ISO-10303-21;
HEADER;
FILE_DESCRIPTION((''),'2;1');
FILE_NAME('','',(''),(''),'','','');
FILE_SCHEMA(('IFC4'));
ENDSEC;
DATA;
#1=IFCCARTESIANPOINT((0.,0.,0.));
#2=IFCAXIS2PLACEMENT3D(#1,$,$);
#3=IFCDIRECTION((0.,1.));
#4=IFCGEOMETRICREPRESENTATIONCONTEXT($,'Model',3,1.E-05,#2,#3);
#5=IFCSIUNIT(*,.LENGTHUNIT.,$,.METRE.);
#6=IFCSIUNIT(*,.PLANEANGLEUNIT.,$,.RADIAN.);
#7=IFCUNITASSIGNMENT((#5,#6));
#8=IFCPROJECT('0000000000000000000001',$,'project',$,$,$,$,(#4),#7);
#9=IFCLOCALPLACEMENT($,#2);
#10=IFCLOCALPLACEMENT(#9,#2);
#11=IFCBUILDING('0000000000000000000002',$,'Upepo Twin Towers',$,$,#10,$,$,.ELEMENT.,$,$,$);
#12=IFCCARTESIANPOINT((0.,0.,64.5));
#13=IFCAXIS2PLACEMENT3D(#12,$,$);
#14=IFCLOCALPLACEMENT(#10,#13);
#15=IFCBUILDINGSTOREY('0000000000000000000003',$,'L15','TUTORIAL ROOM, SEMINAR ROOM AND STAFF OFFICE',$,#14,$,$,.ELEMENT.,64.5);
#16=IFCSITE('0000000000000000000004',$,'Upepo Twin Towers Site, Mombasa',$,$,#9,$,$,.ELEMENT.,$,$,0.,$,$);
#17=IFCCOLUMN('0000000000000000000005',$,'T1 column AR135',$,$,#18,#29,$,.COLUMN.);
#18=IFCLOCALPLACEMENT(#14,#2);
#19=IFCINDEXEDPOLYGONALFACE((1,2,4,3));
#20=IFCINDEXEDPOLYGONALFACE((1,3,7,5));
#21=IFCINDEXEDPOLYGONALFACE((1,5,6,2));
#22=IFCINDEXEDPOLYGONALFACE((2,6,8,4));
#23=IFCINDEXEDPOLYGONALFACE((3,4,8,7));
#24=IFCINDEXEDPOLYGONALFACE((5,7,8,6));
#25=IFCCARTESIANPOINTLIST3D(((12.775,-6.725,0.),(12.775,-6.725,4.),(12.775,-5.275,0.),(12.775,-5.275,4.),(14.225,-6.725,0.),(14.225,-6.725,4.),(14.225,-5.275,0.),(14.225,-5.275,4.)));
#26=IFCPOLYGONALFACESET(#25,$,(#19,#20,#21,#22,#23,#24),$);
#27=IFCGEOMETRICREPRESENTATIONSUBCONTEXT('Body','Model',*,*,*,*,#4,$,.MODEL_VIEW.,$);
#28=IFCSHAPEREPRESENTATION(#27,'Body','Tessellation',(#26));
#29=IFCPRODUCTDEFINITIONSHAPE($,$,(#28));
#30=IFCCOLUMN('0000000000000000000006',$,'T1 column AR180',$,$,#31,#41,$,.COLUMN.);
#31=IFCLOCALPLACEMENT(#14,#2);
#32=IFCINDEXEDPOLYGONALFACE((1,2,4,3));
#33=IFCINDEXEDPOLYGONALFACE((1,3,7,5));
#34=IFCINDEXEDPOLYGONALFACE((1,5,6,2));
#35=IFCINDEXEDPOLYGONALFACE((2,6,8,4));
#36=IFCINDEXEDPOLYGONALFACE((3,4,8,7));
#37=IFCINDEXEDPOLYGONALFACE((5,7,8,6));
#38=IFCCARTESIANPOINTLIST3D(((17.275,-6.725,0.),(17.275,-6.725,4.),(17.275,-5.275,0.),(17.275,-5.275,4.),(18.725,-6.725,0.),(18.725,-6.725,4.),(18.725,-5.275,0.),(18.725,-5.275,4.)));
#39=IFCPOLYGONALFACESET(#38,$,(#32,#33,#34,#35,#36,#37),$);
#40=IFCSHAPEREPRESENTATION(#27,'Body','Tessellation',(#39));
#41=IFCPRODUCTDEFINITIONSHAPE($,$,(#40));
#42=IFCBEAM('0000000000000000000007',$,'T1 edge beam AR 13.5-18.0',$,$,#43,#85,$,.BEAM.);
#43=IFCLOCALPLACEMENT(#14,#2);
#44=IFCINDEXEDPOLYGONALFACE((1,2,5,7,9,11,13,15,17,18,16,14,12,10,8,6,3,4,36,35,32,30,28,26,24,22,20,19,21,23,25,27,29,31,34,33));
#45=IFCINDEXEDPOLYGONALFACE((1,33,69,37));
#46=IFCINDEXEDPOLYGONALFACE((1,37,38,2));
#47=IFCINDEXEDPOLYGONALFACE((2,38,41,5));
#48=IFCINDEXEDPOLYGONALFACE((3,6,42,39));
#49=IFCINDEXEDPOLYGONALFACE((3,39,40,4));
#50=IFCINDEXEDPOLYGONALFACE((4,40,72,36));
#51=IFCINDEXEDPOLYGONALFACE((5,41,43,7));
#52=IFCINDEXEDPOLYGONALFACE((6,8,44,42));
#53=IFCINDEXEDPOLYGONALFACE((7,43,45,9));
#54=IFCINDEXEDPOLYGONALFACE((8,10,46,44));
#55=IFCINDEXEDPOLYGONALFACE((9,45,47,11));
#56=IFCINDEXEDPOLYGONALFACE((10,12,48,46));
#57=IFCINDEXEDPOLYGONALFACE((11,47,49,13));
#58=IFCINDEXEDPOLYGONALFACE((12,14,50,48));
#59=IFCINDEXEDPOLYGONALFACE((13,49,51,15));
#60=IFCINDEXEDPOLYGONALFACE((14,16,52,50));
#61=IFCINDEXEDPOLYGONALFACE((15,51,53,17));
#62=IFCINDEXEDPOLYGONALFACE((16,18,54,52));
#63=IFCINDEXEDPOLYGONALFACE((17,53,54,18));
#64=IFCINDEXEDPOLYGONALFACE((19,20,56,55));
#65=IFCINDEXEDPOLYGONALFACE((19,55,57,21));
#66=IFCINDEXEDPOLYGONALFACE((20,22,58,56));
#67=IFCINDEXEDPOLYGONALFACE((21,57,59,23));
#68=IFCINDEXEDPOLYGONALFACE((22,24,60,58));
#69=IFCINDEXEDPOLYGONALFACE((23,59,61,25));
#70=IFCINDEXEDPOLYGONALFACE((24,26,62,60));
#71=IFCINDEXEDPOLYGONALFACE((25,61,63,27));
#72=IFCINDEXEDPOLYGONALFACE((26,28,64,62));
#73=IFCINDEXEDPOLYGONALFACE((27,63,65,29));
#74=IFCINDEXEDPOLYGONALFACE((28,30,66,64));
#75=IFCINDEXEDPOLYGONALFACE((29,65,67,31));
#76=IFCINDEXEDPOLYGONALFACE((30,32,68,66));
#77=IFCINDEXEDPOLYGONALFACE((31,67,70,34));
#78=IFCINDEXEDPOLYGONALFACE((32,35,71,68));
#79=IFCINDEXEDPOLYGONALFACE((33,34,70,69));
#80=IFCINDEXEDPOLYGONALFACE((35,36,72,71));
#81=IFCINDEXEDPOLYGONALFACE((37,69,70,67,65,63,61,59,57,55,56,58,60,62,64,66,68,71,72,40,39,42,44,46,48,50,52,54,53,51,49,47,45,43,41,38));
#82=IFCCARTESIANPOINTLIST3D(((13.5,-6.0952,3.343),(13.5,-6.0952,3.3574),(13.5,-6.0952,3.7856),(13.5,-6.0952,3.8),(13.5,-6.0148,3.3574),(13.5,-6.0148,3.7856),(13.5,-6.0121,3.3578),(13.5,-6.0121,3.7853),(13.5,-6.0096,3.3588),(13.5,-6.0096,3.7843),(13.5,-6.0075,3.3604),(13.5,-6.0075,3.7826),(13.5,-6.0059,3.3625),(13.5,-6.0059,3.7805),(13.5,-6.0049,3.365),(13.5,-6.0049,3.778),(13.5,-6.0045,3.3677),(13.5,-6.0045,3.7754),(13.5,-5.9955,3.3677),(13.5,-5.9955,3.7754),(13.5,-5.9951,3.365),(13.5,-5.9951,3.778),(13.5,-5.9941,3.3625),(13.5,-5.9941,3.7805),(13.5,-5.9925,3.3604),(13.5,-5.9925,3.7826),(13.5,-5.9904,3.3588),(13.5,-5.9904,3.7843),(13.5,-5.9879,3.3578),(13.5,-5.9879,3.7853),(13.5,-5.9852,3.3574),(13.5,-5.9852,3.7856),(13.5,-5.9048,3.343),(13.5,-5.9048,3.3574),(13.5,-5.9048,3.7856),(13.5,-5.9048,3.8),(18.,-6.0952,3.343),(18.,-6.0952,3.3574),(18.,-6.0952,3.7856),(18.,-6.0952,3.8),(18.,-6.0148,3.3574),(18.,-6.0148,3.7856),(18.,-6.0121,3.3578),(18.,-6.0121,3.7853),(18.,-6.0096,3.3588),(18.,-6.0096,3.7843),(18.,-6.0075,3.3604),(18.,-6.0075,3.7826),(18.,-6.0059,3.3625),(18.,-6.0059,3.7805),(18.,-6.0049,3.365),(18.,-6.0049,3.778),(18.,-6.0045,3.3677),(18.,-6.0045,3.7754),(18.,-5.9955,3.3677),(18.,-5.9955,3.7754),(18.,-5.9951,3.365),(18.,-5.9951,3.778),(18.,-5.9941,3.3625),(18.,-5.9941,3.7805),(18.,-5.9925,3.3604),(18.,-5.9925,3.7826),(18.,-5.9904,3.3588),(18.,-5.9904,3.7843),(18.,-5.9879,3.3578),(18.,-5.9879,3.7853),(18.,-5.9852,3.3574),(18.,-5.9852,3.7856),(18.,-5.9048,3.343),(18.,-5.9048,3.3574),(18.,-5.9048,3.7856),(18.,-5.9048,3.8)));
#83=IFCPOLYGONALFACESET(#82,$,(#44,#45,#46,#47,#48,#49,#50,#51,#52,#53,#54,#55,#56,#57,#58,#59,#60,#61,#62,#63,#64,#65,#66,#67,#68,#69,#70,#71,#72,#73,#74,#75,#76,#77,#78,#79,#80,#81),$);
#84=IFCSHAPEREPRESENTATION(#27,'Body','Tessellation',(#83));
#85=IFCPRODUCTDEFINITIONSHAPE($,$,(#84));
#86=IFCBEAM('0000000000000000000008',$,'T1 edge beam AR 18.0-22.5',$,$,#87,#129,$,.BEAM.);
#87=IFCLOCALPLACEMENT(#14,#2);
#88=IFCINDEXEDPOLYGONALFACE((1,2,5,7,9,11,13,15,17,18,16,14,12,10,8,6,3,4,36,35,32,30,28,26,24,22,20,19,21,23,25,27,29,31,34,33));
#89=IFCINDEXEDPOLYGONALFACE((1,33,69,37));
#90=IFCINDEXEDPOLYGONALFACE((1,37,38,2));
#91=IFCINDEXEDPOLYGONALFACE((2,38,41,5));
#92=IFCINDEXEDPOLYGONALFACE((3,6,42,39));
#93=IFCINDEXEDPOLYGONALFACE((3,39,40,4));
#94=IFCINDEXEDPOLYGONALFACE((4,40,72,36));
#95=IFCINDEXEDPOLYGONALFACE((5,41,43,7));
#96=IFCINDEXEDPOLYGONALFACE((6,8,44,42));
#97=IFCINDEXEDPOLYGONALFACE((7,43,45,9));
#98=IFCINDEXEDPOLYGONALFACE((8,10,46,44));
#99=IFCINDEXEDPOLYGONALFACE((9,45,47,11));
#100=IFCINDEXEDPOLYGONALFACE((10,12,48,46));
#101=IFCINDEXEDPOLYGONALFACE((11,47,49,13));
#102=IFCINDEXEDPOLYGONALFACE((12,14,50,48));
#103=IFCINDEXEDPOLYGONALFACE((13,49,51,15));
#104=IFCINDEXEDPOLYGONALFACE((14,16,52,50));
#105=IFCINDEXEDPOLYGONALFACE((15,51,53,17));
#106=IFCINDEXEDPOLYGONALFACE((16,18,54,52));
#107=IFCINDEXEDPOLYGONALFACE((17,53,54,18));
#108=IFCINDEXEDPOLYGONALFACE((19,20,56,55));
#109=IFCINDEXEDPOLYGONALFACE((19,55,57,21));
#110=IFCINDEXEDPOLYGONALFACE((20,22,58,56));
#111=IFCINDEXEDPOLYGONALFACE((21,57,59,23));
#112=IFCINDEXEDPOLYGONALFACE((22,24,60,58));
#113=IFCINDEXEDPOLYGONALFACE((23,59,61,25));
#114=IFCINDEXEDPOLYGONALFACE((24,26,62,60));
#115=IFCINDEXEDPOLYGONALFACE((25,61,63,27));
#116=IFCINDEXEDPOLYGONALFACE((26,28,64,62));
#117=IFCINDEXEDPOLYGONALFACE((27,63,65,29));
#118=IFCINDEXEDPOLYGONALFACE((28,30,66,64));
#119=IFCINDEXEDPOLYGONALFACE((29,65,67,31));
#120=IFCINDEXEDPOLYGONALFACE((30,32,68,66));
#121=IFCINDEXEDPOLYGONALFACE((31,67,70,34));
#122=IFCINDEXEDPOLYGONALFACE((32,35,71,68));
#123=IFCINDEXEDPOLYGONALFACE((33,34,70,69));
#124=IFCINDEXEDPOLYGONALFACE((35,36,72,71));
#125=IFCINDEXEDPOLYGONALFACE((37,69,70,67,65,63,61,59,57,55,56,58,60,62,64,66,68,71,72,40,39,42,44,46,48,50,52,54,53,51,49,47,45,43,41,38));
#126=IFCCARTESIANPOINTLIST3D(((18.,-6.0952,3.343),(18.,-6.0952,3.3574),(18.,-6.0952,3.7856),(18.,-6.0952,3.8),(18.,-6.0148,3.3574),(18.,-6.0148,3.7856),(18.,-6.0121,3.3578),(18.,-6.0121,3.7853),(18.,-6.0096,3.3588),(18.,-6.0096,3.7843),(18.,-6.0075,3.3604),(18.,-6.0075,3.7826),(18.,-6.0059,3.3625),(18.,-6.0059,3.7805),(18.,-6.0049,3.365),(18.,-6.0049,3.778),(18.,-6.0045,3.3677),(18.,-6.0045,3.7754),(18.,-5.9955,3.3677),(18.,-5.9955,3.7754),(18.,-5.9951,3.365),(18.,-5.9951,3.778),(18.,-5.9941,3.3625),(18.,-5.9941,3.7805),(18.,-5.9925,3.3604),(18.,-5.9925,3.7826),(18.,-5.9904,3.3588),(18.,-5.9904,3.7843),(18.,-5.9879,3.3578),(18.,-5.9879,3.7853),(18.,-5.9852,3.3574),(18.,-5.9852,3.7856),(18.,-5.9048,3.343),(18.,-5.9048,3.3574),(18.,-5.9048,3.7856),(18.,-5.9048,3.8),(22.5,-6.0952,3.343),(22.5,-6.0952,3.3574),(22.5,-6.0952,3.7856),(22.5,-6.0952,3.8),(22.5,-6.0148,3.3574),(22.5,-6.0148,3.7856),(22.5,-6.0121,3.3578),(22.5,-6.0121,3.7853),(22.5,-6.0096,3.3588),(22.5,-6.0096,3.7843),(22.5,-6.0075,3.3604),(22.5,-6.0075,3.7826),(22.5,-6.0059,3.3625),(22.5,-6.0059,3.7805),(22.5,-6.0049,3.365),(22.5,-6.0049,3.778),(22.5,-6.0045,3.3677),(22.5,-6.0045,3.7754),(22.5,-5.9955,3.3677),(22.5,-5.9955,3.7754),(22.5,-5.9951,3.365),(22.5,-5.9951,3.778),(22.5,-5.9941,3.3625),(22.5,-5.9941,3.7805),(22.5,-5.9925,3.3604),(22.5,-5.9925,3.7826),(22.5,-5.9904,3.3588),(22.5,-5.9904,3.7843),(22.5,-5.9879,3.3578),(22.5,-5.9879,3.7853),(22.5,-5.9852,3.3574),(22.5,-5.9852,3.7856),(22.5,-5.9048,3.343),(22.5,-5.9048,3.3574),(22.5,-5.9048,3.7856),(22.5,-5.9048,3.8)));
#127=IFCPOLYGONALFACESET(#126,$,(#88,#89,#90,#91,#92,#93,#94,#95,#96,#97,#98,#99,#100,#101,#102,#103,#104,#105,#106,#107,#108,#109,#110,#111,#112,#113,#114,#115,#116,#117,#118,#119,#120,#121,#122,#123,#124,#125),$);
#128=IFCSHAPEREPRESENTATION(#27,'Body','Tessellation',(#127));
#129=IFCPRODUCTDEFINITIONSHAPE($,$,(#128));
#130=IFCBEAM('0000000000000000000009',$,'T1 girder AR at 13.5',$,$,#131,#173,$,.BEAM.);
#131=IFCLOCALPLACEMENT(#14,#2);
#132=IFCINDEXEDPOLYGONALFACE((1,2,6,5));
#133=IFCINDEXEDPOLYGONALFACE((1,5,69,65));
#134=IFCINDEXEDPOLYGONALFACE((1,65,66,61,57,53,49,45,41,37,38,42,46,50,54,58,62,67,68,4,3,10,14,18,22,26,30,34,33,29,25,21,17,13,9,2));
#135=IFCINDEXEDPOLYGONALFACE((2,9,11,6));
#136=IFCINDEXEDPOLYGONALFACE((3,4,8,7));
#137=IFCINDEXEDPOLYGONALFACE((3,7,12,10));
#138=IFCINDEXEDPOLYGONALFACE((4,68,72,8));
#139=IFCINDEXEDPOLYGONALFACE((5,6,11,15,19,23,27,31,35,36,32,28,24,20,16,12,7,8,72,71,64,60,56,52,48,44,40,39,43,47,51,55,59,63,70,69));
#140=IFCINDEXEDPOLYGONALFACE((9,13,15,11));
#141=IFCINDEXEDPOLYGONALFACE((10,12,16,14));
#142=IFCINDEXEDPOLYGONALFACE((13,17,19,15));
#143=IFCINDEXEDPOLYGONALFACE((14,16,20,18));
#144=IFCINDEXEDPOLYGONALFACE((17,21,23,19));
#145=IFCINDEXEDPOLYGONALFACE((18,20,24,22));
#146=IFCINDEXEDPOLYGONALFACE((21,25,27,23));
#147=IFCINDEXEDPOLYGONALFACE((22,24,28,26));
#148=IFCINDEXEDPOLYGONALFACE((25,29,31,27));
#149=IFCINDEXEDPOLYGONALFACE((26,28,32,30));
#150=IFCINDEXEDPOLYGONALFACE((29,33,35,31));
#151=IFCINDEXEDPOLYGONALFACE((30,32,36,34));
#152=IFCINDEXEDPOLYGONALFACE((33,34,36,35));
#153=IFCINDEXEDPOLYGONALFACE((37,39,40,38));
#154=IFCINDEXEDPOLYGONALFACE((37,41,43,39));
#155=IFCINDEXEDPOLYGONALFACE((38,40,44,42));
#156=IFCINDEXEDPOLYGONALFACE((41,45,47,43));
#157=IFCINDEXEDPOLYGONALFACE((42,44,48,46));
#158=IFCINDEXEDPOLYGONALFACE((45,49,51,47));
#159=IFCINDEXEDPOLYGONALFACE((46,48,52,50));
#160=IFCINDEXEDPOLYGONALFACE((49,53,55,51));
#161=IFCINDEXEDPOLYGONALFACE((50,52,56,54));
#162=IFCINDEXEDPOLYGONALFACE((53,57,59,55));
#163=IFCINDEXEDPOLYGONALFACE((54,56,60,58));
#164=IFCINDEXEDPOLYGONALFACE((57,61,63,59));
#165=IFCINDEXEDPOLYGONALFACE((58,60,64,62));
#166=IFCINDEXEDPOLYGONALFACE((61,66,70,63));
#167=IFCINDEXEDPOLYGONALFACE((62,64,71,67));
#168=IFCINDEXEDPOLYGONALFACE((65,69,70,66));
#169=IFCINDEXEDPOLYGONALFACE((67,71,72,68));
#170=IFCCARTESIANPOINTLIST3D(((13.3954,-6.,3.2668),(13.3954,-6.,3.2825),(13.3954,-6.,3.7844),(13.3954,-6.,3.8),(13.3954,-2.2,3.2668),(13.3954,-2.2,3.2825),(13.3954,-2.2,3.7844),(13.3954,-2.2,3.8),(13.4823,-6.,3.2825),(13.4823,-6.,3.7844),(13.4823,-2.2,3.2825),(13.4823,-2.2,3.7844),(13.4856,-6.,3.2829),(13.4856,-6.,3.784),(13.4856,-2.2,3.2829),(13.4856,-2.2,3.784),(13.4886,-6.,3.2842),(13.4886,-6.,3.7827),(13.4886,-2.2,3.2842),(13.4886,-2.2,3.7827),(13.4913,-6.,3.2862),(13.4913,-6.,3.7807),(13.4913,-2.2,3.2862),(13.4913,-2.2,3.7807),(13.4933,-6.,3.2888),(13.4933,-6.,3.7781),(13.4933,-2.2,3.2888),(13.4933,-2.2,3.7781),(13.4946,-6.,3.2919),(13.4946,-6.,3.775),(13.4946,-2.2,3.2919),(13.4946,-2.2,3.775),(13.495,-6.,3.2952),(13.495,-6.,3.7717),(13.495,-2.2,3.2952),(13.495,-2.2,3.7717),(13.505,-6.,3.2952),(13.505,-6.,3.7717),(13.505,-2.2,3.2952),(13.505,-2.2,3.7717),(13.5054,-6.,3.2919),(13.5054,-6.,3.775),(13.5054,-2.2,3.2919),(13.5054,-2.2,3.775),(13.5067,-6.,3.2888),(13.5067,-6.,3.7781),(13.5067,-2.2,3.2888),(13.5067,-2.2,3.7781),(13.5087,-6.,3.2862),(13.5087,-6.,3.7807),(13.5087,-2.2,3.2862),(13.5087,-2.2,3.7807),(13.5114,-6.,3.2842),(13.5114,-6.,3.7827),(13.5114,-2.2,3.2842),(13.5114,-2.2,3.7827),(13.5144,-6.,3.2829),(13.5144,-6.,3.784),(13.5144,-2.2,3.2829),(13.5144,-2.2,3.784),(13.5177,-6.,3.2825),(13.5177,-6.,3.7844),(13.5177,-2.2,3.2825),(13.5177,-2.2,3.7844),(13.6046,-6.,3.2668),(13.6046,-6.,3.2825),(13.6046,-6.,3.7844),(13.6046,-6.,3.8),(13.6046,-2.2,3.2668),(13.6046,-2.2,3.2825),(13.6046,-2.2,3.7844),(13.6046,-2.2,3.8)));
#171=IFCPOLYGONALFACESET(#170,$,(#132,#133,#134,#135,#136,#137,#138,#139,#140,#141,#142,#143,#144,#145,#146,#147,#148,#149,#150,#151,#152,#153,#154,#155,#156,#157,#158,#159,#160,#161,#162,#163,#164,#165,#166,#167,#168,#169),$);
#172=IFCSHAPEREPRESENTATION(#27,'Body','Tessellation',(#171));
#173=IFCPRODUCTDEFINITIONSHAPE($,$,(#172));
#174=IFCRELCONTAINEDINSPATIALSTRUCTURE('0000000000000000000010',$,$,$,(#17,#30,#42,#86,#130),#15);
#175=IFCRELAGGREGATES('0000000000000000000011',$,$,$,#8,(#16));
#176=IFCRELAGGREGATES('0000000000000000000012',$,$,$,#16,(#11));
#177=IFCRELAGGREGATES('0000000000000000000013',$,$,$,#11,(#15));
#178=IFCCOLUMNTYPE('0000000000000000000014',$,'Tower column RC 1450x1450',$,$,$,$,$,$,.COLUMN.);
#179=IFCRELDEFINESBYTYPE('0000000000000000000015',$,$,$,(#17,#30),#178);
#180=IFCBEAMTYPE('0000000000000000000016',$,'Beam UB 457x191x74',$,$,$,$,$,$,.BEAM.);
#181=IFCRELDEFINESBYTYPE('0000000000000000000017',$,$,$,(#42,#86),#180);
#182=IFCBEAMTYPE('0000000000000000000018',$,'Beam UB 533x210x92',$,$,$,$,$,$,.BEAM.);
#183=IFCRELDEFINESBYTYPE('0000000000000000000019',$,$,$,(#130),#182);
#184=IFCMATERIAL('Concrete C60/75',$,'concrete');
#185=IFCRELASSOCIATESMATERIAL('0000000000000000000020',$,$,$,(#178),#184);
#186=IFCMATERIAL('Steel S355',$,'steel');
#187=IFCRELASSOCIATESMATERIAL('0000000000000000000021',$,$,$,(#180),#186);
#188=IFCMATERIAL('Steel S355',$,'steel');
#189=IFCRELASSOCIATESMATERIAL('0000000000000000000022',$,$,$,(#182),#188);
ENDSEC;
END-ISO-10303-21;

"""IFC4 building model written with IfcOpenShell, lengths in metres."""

from ifc_helpers import new_model, si_unit, direction, frame, origin, origin_2d, place, context, subcontext, project, spatial, rectangle, i_section, extrude, material, material_profile, profile_set, type_object, element, save


model = new_model("IFC4")

# Units and contexts
model_context = context("Model", 3, precision=1e-05, world=origin(), true_north=direction((0.0, 1.0)))
body_context = subcontext(model_context, "Body", "Model", "MODEL_VIEW")
ifc_project = project(units=[si_unit("LENGTHUNIT", "METRE"), si_unit("PLANEANGLEUNIT", "RADIAN")], contexts=[model_context])

# Site, building, storey
site_placement = place(None, origin())
site = spatial("IfcSite", under=ifc_project, at=site_placement, Name="Upepo Twin Towers Site, Mombasa", CompositionType="ELEMENT", RefElevation=0.0)
building_placement = place(site_placement, origin())
building = spatial("IfcBuilding", under=site, at=building_placement, Name="Upepo Twin Towers", CompositionType="ELEMENT")
storey_placement = place(building_placement, frame((0.0, 0.0, 64.5)))
storey = spatial("IfcBuildingStorey", under=building, at=storey_placement, Name="L15", Description="TUTORIAL ROOM, SEMINAR ROOM AND STAFF OFFICE", CompositionType="ELEMENT", Elevation=64.5)

# Columns
ifc_material_1 = material(Name="Concrete C60/75", Category="concrete")
ifc_material_profile_1 = material_profile(ifc_material_1, rectangle(XDim=1.45, YDim=1.45, at=origin_2d()), Name="RC 1450x1450")
ifc_profile_set_1 = profile_set([ifc_material_profile_1], Name="Concrete C60/75")
column_type = type_object("IfcColumnType", Name="Tower column RC 1450x1450", PredefinedType="COLUMN", material=ifc_profile_set_1)
for number, where, z_axis, x_axis, name in (
    (1, (13.5, -6.0, 0.0), (0.0, 0.0, 1.0), (1.0, 0.0, 0.0), "T1 column AR135"),
    (2, (18.0, -6.0, 0.0), (0.0, 0.0, 1.0), (1.0, 0.0, 0.0), "T1 column AR180"),
):
    element("IfcColumn", number, at=place(storey_placement, frame(where, z_axis=z_axis, x_axis=x_axis)), inside=storey, type_object=column_type, Name=name, PredefinedType="COLUMN", context=body_context, shape_type="SweptSolid", body=[
        extrude(rectangle(XDim=1.45, YDim=1.45, at=origin_2d()), origin(), (0.0, 0.0, 1.0), 4.0),
    ])

# Beams
ifc_material_2 = material(Name="Steel S355", Category="steel")
ifc_material_profile_2 = material_profile(ifc_material_2, i_section(OverallWidth=0.1904, OverallDepth=0.457, WebThickness=0.009, FlangeThickness=0.0144, FilletRadius=0.0103, at=origin_2d()), Name="UB 457x191x74")
ifc_profile_set_2 = profile_set([ifc_material_profile_2], Name="Steel S355")
beam_type_1 = type_object("IfcBeamType", Name="Beam UB 457x191x74", PredefinedType="BEAM", material=ifc_profile_set_2)
for number, where, z_axis, x_axis, name in (
    (3, (13.5, -6.0, 3.5715), (1.0, 0.0, 0.0), (0.0, 1.0, 0.0), "T1 edge beam AR 13.5-18.0"),
    (4, (18.0, -6.0, 3.5715), (1.0, 0.0, 0.0), (0.0, 1.0, 0.0), "T1 edge beam AR 18.0-22.5"),
):
    element("IfcBeam", number, at=place(storey_placement, frame(where, z_axis=z_axis, x_axis=x_axis)), inside=storey, type_object=beam_type_1, Name=name, PredefinedType="BEAM", context=body_context, shape_type="SweptSolid", body=[
        extrude(i_section(OverallWidth=0.1904, OverallDepth=0.457, WebThickness=0.009, FlangeThickness=0.0144, FilletRadius=0.0103, at=origin_2d()), origin(), (0.0, 0.0, 1.0), 4.5),
    ])
ifc_material_3 = material(Name="Steel S355", Category="steel")
ifc_material_profile_3 = material_profile(ifc_material_3, i_section(OverallWidth=0.2092, OverallDepth=0.5332, WebThickness=0.01, FlangeThickness=0.0156, FilletRadius=0.0127, at=origin_2d()), Name="UB 533x210x92")
ifc_profile_set_3 = profile_set([ifc_material_profile_3], Name="Steel S355")
beam_type_2 = type_object("IfcBeamType", Name="Beam UB 533x210x92", PredefinedType="BEAM", material=ifc_profile_set_3)
for number, where, z_axis, x_axis, name in (
    (5, (13.5, -6.0, 3.5334), (0.0, 1.0, 0.0), (-1.0, 0.0, 0.0), "T1 girder AR at 13.5"),
):
    element("IfcBeam", number, at=place(storey_placement, frame(where, z_axis=z_axis, x_axis=x_axis)), inside=storey, type_object=beam_type_2, Name=name, PredefinedType="BEAM", context=body_context, shape_type="SweptSolid", body=[
        extrude(i_section(OverallWidth=0.2092, OverallDepth=0.5332, WebThickness=0.01, FlangeThickness=0.0156, FilletRadius=0.0127, at=origin_2d()), origin(), (0.0, 0.0, 1.0), 3.8),
    ])

save(model, "model.ifc")
